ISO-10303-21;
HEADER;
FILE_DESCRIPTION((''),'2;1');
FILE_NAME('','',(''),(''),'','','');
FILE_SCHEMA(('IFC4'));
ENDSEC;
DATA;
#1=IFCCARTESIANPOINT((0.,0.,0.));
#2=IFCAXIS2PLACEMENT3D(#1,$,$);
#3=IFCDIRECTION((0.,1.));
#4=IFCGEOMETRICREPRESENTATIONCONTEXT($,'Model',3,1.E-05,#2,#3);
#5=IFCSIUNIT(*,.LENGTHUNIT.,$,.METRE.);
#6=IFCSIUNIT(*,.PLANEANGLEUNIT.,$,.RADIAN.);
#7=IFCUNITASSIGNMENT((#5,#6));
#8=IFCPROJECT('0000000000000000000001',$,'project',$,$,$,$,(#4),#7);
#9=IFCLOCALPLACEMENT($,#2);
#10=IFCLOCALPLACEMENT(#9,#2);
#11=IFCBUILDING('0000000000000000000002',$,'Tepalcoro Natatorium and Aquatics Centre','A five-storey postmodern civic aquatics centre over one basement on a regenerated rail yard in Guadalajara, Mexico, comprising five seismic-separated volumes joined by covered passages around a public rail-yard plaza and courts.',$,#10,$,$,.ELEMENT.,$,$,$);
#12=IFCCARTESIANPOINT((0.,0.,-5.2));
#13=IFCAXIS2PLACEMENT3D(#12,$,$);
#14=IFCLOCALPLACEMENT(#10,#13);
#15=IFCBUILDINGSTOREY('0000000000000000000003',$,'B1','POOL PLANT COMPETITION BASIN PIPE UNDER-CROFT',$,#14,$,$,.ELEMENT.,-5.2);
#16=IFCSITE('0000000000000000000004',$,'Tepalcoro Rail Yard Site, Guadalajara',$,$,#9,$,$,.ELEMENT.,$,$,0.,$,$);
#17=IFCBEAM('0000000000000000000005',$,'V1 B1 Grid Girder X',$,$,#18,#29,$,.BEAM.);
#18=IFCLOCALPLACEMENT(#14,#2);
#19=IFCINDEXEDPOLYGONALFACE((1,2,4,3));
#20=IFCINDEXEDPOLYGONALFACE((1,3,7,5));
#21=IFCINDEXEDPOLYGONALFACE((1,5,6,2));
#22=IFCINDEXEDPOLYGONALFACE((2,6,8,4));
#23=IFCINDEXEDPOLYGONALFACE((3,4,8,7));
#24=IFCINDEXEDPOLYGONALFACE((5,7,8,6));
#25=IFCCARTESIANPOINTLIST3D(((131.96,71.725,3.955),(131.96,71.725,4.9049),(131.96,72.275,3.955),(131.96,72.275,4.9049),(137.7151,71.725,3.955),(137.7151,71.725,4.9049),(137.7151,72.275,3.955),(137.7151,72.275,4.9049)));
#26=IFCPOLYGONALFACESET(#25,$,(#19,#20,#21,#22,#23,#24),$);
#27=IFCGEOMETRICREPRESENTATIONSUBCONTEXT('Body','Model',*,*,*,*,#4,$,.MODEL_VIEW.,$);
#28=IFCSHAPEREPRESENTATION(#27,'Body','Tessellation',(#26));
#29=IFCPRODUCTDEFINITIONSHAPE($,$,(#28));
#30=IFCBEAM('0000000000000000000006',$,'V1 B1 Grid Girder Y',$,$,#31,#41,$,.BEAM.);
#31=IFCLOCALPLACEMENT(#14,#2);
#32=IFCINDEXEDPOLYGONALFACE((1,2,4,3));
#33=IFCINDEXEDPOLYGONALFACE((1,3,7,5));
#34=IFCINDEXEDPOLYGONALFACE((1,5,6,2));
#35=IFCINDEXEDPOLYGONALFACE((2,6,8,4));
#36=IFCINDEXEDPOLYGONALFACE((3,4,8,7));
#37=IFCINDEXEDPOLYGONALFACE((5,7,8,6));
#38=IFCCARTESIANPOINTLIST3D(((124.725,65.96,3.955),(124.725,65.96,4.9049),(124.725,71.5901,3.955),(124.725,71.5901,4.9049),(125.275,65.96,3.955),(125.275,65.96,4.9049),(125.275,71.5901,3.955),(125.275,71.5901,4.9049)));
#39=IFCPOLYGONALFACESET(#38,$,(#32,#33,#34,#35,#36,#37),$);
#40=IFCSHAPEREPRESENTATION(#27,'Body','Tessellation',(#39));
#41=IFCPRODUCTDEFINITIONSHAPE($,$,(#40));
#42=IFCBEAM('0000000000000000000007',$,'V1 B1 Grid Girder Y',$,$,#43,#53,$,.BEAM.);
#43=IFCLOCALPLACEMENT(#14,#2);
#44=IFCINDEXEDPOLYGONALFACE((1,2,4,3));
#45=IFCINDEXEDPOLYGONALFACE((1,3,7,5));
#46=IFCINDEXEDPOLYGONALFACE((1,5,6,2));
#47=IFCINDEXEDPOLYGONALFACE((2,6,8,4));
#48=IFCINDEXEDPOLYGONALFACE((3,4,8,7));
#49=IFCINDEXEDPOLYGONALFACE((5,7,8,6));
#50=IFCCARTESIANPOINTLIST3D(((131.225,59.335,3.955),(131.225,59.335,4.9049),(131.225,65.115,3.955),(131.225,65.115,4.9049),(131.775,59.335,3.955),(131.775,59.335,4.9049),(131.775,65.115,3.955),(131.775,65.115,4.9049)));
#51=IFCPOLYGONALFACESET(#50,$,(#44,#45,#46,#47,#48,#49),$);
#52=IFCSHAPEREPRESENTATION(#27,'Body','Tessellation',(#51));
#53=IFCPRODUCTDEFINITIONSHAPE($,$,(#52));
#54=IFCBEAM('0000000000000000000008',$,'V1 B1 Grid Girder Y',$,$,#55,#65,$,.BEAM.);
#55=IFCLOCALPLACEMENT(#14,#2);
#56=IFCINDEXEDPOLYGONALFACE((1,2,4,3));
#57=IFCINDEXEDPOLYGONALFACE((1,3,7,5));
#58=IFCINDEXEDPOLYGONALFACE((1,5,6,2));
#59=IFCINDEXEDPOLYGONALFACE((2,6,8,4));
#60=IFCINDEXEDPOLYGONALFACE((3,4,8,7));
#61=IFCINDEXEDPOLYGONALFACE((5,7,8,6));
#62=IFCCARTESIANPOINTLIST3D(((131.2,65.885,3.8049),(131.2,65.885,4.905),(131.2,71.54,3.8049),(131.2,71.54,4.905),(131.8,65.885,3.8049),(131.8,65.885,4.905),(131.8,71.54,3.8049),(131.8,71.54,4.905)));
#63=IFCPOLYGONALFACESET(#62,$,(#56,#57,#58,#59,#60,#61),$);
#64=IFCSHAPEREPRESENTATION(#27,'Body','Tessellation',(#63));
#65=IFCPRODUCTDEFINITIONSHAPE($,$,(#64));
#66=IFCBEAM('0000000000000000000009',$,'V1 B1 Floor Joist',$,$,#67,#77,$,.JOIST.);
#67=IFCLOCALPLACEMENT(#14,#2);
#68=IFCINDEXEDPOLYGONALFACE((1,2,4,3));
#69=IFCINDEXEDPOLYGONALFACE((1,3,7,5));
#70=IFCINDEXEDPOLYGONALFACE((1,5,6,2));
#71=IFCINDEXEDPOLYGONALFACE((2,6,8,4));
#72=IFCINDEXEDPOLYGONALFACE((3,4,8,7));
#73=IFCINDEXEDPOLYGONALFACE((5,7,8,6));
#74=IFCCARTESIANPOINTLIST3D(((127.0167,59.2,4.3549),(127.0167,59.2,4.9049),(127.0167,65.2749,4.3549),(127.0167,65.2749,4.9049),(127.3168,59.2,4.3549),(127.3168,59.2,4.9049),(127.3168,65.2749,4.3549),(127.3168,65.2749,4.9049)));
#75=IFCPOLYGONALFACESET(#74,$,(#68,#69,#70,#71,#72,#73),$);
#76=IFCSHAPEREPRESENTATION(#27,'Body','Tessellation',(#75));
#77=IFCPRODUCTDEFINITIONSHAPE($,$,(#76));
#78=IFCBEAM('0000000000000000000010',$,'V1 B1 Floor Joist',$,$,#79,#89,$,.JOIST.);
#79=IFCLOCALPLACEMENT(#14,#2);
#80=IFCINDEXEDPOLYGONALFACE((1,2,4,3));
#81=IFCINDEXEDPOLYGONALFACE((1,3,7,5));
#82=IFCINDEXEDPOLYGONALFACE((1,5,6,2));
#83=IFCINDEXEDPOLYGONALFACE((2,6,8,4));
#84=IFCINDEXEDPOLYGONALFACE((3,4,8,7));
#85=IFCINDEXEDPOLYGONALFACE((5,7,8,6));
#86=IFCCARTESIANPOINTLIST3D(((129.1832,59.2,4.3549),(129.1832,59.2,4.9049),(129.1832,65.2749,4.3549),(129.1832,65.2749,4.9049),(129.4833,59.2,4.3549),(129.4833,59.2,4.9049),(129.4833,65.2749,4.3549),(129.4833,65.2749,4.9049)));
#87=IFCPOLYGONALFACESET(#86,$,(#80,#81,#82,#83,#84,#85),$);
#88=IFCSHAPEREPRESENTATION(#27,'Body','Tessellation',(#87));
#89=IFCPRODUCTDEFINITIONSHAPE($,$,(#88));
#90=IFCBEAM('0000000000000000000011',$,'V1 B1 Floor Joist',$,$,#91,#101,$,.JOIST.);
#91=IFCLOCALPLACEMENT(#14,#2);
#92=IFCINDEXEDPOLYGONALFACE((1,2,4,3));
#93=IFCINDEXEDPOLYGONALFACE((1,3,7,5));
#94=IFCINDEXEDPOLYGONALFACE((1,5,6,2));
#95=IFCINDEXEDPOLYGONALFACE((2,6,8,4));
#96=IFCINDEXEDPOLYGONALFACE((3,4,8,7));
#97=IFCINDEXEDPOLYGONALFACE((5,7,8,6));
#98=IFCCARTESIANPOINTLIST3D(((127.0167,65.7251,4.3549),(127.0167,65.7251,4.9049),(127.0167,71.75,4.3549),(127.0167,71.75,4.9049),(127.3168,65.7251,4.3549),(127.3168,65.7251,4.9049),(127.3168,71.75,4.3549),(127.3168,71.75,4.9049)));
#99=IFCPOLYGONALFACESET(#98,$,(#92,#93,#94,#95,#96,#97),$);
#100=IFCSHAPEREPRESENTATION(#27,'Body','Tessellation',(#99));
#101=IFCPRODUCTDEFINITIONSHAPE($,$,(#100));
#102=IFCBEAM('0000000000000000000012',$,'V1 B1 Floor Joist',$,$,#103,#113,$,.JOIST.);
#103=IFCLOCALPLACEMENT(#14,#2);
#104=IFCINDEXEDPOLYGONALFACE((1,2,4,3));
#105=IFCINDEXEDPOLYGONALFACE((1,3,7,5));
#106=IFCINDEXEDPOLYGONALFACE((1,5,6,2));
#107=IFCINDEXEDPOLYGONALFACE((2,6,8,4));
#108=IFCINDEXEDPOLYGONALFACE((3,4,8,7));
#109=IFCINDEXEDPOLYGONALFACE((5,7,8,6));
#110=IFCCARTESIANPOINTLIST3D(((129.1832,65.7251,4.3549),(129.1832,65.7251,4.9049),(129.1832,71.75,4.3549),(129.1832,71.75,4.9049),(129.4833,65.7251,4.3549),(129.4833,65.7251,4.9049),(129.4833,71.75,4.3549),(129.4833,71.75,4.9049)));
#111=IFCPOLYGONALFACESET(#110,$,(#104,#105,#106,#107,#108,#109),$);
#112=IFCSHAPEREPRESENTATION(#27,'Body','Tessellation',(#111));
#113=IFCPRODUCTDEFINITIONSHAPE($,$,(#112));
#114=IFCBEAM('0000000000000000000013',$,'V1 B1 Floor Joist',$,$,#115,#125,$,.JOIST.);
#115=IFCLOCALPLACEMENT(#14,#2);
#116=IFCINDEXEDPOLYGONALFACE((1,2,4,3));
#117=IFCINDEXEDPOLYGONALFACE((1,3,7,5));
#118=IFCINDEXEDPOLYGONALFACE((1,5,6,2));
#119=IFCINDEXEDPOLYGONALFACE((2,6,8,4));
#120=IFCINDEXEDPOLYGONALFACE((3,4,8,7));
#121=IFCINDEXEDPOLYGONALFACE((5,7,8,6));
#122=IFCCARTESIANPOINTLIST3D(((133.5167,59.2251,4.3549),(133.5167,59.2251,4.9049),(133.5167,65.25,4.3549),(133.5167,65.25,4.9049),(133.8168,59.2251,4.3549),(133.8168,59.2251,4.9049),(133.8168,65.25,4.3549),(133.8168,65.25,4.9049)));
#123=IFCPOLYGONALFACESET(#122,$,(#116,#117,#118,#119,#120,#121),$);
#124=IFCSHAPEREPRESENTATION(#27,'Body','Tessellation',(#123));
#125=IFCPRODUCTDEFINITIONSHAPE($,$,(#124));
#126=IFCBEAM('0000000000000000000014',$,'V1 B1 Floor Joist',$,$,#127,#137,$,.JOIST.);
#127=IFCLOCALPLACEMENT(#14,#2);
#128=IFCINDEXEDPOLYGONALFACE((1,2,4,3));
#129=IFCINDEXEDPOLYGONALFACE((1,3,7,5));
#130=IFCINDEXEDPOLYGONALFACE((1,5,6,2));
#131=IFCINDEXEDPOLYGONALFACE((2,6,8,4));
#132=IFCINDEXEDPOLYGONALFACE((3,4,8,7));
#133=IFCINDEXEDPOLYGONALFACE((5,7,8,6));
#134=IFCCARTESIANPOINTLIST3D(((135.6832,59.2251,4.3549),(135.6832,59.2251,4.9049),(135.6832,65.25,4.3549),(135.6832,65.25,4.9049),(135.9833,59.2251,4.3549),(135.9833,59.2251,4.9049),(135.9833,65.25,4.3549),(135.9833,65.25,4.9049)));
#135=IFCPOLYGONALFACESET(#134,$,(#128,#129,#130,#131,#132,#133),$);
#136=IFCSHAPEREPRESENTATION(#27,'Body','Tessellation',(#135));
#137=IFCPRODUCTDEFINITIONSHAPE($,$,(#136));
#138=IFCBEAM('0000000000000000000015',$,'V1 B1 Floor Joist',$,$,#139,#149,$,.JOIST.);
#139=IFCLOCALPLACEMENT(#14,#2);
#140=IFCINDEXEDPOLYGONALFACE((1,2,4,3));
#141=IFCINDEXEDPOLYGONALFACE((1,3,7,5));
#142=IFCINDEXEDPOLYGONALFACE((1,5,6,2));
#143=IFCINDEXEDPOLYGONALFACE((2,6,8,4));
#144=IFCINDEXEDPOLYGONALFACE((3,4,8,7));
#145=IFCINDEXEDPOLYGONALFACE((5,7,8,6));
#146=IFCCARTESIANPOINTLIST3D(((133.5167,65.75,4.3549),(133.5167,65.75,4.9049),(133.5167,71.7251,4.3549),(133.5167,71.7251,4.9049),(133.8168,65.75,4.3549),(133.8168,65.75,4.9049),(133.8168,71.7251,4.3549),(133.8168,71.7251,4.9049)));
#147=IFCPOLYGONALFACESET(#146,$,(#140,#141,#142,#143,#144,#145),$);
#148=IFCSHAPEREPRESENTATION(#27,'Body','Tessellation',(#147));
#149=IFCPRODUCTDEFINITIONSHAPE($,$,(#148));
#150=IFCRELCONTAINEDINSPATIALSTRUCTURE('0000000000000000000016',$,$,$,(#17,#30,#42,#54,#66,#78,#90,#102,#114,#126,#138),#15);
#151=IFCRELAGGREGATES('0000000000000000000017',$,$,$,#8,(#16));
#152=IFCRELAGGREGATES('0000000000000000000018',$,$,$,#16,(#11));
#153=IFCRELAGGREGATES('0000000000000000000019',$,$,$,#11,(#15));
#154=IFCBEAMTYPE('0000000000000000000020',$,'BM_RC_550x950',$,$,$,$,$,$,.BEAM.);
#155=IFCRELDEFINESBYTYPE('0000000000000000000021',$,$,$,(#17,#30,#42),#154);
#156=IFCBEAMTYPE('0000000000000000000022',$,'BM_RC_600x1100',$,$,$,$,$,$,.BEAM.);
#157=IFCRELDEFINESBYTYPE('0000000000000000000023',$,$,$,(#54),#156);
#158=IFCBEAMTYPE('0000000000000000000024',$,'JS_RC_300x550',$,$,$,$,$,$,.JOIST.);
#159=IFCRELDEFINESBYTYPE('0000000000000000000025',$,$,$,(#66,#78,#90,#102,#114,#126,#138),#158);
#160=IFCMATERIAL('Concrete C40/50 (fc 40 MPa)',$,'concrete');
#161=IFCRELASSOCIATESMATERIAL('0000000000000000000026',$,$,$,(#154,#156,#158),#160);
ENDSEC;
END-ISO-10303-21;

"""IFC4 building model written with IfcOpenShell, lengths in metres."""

from ifc_helpers import new_model, si_unit, direction, frame, origin, origin_2d, place, context, subcontext, project, spatial, rectangle, extrude, material, material_profile, profile_set, type_object, element, save


model = new_model("IFC4")

# Units and contexts
model_context = context("Model", 3, precision=1e-05, world=origin(), true_north=direction((0.0, 1.0)))
body_context = subcontext(model_context, "Body", "Model", "MODEL_VIEW")
ifc_project = project(units=[si_unit("LENGTHUNIT", "METRE"), si_unit("PLANEANGLEUNIT", "RADIAN")], contexts=[model_context])

# Site, building, storey
site_placement = place(None, origin())
site = spatial("IfcSite", under=ifc_project, at=site_placement, Name="Tepalcoro Rail Yard Site, Guadalajara", CompositionType="ELEMENT", RefElevation=0.0)
building_placement = place(site_placement, origin())
building = spatial("IfcBuilding", under=site, at=building_placement, Name="Tepalcoro Natatorium and Aquatics Centre", Description="A five-storey postmodern civic aquatics centre over one basement on a regenerated rail yard in Guadalajara, Mexico, comprising five seismic-separated volumes joined by covered passages around a public rail-yard plaza and courts.", CompositionType="ELEMENT")
storey_placement = place(building_placement, frame((0.0, 0.0, -5.2)))
storey = spatial("IfcBuildingStorey", under=building, at=storey_placement, Name="B1", Description="POOL PLANT COMPETITION BASIN PIPE UNDER-CROFT", CompositionType="ELEMENT", Elevation=-5.2)

# Shared definitions
ifc_material = material(Name="Concrete C40/50 (fc 40 MPa)", Category="concrete")

# Beams
ifc_material_profile_1 = material_profile(ifc_material, rectangle(XDim=0.55, YDim=0.95, at=origin_2d()), Name="RCB550x950")
ifc_profile_set_1 = profile_set([ifc_material_profile_1], Name="Concrete C40/50 (fc 40 MPa)")
beam_type_1 = type_object("IfcBeamType", Name="BM_RC_550x950", PredefinedType="BEAM", material=ifc_profile_set_1)
beam_1_placement = place(storey_placement, frame((131.96, 72.0, 4.4299), z_axis=(1.0, 0.0, 0.0), x_axis=(0.0, 1.0, 0.0)))
element("IfcBeam", 1, at=beam_1_placement, inside=storey, type_object=beam_type_1, Name="V1 B1 Grid Girder X", PredefinedType="BEAM", context=body_context, shape_type="SweptSolid", body=[
    extrude(rectangle(XDim=0.55, YDim=0.95, at=origin_2d()), origin(), (0.0, 0.0, 1.0), 5.7551),
])
beam_2_placement = place(storey_placement, frame((125.0, 65.96, 4.4299), z_axis=(0.0, 1.0, 0.0), x_axis=(-1.0, 0.0, 0.0)))
element("IfcBeam", 2, at=beam_2_placement, inside=storey, type_object=beam_type_1, Name="V1 B1 Grid Girder Y", PredefinedType="BEAM", context=body_context, shape_type="SweptSolid", body=[
    extrude(rectangle(XDim=0.55, YDim=0.95, at=origin_2d()), origin(), (0.0, 0.0, 1.0), 5.6301),
])
beam_3_placement = place(storey_placement, frame((131.5, 59.335, 4.4299), z_axis=(0.0, 1.0, 0.0), x_axis=(-1.0, 0.0, 0.0)))
element("IfcBeam", 3, at=beam_3_placement, inside=storey, type_object=beam_type_1, Name="V1 B1 Grid Girder Y", PredefinedType="BEAM", context=body_context, shape_type="SweptSolid", body=[
    extrude(rectangle(XDim=0.55, YDim=0.95, at=origin_2d()), origin(), (0.0, 0.0, 1.0), 5.78),
])
ifc_material_profile_2 = material_profile(ifc_material, rectangle(XDim=0.6001, YDim=1.1001, at=origin_2d()), Name="RCB600x1100")
ifc_profile_set_2 = profile_set([ifc_material_profile_2], Name="Concrete C40/50 (fc 40 MPa)")
beam_type_2 = type_object("IfcBeamType", Name="BM_RC_600x1100", PredefinedType="BEAM", material=ifc_profile_set_2)
beam_4_placement = place(storey_placement, frame((131.5, 65.885, 4.355), z_axis=(0.0, 1.0, 0.0), x_axis=(-1.0, 0.0, 0.0)))
element("IfcBeam", 4, at=beam_4_placement, inside=storey, type_object=beam_type_2, Name="V1 B1 Grid Girder Y", PredefinedType="BEAM", context=body_context, shape_type="SweptSolid", body=[
    extrude(rectangle(XDim=0.6001, YDim=1.1001, at=origin_2d()), origin(), (0.0, 0.0, 1.0), 5.655),
])
ifc_material_profile_3 = material_profile(ifc_material, rectangle(XDim=0.3, YDim=0.55, at=origin_2d()), Name="RCJ300x550")
ifc_profile_set_3 = profile_set([ifc_material_profile_3], Name="Concrete C40/50 (fc 40 MPa)")
beam_type_3 = type_object("IfcBeamType", Name="JS_RC_300x550", PredefinedType="JOIST", material=ifc_profile_set_3)
for number, where, z_axis, x_axis, name in (
    (5, (127.1667, 59.2, 4.6299), (0.0, 1.0, 0.0), (-1.0, 0.0, 0.0), "V1 B1 Floor Joist"),
    (6, (129.3333, 59.2, 4.6299), (0.0, 1.0, 0.0), (-1.0, 0.0, 0.0), "V1 B1 Floor Joist"),
):
    element("IfcBeam", number, at=place(storey_placement, frame(where, z_axis=z_axis, x_axis=x_axis)), inside=storey, type_object=beam_type_3, Name=name, PredefinedType="JOIST", context=body_context, shape_type="SweptSolid", body=[
        extrude(rectangle(XDim=0.3, YDim=0.55, at=origin_2d()), origin(), (0.0, 0.0, 1.0), 6.075),
    ])
for number, where, z_axis, x_axis, name in (
    (7, (127.1667, 65.7251, 4.6299), (0.0, 1.0, 0.0), (-1.0, 0.0, 0.0), "V1 B1 Floor Joist"),
    (8, (129.3333, 65.7251, 4.6299), (0.0, 1.0, 0.0), (-1.0, 0.0, 0.0), "V1 B1 Floor Joist"),
    (9, (133.6667, 59.2251, 4.6299), (0.0, 1.0, 0.0), (-1.0, 0.0, 0.0), "V1 B1 Floor Joist"),
    (10, (135.8333, 59.2251, 4.6299), (0.0, 1.0, 0.0), (-1.0, 0.0, 0.0), "V1 B1 Floor Joist"),
):
    element("IfcBeam", number, at=place(storey_placement, frame(where, z_axis=z_axis, x_axis=x_axis)), inside=storey, type_object=beam_type_3, Name=name, PredefinedType="JOIST", context=body_context, shape_type="SweptSolid", body=[
        extrude(rectangle(XDim=0.3, YDim=0.55, at=origin_2d()), origin(), (0.0, 0.0, 1.0), 6.0249),
    ])
beam_5_placement = place(storey_placement, frame((133.6667, 65.75, 4.6299), z_axis=(0.0, 1.0, 0.0), x_axis=(-1.0, 0.0, 0.0)))
element("IfcBeam", 11, at=beam_5_placement, inside=storey, type_object=beam_type_3, Name="V1 B1 Floor Joist", PredefinedType="JOIST", context=body_context, shape_type="SweptSolid", body=[
    extrude(rectangle(XDim=0.3, YDim=0.55, at=origin_2d()), origin(), (0.0, 0.0, 1.0), 5.9751),
])

save(model, "model.ifc")
